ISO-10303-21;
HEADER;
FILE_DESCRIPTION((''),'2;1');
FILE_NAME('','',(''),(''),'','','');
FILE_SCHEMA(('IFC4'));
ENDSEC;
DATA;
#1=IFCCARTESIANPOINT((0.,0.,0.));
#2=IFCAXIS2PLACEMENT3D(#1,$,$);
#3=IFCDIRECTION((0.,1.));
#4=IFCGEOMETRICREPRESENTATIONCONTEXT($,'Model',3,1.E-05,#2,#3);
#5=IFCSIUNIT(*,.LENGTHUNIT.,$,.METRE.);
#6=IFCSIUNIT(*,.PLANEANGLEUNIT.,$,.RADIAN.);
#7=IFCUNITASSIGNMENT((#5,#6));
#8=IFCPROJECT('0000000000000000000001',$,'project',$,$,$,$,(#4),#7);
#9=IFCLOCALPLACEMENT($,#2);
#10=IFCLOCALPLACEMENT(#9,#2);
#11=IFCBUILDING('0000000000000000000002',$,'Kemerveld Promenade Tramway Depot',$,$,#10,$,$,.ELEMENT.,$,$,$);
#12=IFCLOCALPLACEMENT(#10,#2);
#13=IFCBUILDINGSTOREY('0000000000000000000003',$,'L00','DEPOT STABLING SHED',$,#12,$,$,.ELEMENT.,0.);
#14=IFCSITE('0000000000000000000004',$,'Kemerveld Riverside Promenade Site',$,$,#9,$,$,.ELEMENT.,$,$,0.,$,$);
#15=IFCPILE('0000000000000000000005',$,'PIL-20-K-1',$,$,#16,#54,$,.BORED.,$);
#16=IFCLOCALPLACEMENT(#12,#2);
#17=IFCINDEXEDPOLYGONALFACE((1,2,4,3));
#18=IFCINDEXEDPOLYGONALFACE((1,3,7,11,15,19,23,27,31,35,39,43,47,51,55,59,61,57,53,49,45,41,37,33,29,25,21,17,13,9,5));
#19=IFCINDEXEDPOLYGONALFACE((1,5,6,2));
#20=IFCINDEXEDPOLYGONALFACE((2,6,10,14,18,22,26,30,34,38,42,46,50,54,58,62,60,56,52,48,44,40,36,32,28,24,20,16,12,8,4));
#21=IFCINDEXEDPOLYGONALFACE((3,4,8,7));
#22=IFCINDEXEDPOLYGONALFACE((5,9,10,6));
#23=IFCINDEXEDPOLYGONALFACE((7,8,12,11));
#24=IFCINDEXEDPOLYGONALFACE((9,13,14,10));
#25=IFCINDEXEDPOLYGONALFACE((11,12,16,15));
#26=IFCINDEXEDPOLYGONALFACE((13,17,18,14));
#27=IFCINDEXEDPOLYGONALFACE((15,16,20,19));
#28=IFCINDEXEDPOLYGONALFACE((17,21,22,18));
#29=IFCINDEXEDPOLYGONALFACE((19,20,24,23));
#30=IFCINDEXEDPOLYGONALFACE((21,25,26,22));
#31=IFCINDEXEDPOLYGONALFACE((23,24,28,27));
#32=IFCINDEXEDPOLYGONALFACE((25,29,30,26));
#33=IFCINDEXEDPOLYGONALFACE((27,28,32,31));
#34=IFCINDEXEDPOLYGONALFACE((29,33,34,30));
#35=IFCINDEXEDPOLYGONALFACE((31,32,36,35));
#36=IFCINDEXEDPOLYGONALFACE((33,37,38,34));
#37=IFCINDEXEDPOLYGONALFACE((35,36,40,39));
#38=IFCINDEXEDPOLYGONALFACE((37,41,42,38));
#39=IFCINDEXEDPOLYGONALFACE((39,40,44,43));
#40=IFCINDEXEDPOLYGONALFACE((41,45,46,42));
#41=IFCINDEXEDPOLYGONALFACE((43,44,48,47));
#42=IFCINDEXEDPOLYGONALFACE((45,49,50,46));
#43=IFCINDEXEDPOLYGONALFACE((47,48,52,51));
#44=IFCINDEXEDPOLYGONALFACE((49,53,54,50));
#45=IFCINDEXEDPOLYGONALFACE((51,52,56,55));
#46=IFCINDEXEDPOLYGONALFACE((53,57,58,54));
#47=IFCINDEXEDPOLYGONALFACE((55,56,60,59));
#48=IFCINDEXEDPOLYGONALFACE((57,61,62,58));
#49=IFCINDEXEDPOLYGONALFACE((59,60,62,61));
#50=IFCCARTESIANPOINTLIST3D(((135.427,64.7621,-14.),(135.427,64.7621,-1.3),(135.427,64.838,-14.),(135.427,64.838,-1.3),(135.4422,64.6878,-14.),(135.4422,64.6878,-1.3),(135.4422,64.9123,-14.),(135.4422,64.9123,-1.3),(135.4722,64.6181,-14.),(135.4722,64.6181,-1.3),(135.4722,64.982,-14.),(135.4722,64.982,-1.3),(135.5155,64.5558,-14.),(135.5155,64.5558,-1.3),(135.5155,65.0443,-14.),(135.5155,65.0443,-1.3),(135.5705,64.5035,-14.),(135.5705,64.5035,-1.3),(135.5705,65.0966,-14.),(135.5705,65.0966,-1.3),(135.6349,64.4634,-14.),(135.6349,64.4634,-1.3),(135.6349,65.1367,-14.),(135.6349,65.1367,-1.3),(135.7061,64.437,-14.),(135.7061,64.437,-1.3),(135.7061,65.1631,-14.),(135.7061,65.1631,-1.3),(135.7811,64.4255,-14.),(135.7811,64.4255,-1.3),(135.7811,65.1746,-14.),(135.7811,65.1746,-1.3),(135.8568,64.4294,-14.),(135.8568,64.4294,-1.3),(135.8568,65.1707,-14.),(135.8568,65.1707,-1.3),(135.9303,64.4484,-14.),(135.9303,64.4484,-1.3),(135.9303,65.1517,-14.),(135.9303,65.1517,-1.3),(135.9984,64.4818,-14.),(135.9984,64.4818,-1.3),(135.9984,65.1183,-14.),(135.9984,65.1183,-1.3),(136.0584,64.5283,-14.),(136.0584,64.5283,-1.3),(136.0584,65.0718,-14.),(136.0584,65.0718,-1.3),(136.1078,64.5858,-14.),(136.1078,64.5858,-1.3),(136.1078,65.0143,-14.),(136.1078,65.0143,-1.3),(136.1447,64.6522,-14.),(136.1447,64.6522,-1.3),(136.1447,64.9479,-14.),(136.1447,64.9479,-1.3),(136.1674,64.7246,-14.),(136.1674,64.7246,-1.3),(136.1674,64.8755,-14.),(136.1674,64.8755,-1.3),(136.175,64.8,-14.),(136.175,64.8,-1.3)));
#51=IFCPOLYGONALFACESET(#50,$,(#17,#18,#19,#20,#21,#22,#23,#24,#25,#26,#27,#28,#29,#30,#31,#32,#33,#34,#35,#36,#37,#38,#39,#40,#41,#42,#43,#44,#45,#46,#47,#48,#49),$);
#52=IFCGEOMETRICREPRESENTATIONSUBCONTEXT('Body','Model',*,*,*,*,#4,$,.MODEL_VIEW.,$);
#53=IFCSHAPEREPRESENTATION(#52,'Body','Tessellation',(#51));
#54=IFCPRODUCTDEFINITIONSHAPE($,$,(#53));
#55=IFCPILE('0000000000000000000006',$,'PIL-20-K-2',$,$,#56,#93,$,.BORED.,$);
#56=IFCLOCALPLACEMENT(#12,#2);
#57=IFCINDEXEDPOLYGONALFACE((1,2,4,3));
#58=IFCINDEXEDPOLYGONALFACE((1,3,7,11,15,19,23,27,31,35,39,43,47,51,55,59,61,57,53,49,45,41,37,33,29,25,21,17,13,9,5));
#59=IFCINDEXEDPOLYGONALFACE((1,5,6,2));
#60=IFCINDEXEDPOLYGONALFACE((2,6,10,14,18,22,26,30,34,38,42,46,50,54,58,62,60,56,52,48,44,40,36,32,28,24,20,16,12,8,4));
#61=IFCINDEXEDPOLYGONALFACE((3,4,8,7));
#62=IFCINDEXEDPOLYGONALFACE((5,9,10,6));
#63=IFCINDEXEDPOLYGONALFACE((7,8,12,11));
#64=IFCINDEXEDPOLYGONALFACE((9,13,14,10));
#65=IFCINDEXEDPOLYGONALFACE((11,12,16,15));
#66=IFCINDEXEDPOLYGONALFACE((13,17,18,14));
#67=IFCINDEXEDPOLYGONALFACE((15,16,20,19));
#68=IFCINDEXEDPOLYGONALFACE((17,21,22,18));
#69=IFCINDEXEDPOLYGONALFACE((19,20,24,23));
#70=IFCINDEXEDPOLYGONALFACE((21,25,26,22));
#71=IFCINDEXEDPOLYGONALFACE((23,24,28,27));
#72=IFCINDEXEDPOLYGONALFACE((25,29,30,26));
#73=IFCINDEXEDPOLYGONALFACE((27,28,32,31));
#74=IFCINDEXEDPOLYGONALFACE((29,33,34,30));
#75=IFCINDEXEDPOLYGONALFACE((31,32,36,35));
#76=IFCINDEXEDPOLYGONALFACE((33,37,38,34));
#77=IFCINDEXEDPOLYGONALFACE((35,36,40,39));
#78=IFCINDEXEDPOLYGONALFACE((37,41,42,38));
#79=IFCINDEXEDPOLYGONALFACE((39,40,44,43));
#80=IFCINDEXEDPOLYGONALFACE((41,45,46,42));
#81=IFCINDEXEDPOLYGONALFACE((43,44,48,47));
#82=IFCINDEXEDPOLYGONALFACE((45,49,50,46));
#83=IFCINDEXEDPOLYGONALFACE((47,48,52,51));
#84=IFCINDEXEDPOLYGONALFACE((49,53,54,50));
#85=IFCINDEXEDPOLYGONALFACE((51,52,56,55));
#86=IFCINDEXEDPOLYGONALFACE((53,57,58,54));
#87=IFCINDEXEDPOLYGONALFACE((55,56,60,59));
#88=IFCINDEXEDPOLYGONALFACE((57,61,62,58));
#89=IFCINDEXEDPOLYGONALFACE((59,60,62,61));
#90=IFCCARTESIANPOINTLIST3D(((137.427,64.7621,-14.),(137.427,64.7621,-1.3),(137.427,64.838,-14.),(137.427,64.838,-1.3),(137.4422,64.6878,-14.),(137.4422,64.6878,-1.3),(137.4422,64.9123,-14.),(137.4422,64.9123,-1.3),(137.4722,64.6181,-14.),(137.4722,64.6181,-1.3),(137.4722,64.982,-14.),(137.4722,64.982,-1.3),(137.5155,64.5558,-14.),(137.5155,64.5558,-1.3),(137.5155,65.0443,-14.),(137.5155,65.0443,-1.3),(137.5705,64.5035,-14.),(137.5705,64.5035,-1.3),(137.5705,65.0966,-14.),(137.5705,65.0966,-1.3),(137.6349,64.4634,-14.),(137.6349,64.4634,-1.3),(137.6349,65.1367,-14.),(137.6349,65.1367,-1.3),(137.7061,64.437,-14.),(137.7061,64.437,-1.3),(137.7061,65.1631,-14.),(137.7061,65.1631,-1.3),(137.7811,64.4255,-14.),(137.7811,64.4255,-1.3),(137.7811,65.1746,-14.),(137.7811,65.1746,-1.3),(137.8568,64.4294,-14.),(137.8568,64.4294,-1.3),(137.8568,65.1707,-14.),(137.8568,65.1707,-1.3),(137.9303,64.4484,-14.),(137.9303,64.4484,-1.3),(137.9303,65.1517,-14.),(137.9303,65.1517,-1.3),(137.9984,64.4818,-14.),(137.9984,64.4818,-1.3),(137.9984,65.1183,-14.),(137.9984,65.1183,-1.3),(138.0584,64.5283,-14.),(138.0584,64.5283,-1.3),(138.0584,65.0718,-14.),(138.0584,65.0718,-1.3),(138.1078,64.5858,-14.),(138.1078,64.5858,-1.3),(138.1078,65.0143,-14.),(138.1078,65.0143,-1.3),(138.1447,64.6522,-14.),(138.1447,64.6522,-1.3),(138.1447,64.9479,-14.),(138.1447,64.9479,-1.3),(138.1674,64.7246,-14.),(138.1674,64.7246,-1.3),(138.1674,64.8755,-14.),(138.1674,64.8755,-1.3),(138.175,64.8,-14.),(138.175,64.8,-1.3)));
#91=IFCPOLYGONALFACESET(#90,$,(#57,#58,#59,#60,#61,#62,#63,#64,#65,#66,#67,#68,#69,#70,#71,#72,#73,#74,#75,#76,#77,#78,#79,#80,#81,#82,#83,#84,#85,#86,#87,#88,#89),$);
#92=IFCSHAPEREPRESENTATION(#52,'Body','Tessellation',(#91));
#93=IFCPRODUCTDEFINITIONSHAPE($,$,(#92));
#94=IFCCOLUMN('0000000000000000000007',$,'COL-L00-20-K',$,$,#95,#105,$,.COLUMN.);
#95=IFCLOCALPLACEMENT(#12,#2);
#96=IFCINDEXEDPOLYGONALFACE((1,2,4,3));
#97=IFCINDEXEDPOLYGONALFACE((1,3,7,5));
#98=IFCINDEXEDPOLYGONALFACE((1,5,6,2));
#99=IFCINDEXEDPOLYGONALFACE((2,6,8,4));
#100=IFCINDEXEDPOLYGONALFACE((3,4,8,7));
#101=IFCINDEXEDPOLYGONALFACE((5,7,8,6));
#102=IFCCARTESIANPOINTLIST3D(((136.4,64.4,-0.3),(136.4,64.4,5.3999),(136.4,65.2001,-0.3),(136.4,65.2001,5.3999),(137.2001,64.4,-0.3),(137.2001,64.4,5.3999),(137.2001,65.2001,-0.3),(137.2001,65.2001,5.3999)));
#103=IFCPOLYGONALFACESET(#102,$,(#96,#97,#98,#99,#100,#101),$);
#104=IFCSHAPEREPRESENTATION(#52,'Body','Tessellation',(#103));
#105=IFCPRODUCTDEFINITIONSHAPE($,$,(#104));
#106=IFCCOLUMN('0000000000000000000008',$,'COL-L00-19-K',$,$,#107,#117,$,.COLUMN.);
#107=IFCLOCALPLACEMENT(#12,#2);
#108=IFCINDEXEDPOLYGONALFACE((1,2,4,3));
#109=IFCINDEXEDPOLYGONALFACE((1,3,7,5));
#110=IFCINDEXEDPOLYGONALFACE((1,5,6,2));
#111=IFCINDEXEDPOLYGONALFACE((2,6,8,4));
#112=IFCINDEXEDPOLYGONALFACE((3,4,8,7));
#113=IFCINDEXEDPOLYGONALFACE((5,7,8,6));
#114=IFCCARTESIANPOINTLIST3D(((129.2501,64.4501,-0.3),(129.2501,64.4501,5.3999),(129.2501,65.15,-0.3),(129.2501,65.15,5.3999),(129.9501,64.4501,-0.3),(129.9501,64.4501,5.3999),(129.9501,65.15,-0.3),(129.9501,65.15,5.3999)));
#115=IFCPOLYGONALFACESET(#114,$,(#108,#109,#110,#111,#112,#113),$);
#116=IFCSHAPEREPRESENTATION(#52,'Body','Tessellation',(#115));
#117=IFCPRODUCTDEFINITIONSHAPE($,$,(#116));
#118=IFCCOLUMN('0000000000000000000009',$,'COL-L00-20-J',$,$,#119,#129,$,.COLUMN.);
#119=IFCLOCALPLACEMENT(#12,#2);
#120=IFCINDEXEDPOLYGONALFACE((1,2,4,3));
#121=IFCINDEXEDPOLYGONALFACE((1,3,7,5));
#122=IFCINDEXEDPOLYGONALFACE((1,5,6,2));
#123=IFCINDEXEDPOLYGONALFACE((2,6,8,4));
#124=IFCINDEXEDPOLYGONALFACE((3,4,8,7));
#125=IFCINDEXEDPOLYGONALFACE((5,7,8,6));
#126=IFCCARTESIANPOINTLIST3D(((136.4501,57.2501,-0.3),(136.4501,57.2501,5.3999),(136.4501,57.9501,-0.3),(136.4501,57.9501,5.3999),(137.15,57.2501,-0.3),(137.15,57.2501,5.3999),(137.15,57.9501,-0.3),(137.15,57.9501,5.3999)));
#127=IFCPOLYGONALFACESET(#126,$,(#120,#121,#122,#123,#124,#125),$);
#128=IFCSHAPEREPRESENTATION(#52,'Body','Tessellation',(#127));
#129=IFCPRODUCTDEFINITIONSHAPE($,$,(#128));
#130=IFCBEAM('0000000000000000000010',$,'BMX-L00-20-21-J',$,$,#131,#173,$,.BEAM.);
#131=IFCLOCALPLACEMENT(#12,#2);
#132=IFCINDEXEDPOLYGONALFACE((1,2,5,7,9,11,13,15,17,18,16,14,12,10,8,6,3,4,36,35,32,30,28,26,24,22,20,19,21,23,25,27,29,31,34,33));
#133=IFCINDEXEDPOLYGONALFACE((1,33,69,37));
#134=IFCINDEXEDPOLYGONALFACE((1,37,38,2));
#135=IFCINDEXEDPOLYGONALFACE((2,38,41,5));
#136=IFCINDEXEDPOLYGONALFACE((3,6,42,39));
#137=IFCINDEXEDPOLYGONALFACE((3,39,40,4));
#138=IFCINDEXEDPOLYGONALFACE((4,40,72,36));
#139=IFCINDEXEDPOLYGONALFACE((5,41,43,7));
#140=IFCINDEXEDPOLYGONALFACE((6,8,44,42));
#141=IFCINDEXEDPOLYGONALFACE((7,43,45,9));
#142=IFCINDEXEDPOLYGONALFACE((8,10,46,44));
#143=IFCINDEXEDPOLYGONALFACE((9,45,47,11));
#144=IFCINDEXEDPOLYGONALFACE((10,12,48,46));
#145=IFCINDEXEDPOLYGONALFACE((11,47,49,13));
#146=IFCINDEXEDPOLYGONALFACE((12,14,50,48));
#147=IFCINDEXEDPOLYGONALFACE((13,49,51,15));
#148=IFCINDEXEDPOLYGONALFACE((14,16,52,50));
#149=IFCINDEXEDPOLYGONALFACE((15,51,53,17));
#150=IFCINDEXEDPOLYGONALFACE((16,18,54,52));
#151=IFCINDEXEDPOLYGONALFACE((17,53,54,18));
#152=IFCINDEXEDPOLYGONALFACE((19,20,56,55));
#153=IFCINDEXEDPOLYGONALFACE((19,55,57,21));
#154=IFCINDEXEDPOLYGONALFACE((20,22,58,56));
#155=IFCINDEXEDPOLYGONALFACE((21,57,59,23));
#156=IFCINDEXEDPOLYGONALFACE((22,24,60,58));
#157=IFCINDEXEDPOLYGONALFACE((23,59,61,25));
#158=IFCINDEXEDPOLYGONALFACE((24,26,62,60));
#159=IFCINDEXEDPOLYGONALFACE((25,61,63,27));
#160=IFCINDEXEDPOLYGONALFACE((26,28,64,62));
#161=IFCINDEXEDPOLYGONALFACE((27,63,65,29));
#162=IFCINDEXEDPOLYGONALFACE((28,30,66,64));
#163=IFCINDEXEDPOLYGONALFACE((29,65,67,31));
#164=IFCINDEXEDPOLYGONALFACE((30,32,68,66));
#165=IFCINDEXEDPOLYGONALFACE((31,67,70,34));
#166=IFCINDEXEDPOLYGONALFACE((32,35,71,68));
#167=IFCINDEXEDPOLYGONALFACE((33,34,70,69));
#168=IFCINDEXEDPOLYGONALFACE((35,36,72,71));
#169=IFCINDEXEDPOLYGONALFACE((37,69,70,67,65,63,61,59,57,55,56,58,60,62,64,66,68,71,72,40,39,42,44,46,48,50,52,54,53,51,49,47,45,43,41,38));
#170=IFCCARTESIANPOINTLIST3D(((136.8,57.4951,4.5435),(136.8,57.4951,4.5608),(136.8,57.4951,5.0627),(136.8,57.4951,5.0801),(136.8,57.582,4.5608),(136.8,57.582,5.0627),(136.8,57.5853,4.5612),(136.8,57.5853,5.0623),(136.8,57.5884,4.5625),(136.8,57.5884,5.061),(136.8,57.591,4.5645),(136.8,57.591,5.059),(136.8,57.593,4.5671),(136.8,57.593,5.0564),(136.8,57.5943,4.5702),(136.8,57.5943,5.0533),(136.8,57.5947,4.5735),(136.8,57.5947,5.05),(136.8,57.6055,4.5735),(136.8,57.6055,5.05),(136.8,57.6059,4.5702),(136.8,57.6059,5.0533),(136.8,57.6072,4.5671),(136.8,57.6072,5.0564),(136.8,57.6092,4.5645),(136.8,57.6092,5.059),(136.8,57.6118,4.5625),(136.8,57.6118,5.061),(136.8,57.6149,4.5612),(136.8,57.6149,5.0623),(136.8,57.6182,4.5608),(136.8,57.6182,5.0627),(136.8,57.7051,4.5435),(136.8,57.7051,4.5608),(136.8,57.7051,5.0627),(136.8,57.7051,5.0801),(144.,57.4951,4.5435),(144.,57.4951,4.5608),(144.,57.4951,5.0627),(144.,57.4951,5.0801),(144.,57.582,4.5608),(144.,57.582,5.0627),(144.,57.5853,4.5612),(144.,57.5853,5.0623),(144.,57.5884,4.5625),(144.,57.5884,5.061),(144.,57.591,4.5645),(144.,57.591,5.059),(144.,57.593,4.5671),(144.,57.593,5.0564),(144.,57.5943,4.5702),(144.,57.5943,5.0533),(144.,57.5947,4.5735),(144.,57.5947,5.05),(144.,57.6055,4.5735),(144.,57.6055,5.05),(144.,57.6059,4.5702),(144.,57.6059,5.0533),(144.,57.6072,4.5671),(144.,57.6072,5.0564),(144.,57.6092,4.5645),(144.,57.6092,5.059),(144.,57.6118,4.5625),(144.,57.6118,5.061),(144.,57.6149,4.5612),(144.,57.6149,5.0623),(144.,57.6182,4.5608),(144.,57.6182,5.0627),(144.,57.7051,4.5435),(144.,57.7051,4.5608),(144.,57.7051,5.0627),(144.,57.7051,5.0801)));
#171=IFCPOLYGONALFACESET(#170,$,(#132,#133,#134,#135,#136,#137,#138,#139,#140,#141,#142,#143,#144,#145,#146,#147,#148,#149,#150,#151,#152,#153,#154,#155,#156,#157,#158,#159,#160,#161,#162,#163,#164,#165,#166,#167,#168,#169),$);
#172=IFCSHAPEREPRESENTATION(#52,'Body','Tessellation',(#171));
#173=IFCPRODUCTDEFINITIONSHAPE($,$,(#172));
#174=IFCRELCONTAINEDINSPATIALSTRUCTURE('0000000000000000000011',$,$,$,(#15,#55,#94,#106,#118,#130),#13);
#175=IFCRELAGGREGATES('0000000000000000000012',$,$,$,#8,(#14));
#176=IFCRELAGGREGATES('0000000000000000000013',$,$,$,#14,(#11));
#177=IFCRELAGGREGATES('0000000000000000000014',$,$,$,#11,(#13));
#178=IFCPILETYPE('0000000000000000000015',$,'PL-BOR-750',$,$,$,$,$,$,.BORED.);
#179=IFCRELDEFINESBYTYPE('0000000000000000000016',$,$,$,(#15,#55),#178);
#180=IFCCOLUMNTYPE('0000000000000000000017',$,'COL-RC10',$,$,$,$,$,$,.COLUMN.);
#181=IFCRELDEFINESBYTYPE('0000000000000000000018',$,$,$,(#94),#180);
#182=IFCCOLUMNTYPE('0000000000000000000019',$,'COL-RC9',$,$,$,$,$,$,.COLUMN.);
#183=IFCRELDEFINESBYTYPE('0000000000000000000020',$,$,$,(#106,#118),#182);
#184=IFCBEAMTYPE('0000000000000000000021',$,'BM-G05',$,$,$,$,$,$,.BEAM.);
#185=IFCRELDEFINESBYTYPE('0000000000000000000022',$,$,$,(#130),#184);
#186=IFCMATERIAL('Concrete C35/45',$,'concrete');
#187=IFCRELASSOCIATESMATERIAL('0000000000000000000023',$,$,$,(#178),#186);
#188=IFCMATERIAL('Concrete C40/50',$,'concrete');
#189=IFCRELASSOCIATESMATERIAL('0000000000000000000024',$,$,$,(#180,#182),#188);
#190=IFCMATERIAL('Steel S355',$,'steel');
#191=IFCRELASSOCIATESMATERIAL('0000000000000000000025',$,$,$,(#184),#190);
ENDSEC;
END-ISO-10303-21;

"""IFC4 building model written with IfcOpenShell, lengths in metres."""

from ifc_helpers import new_model, si_unit, direction, frame, origin, origin_2d, place, context, subcontext, project, spatial, rectangle, circle, i_section, extrude, material, material_profile, profile_set, type_object, element, save


model = new_model("IFC4")

# Units and contexts
model_context = context("Model", 3, precision=1e-05, world=origin(), true_north=direction((0.0, 1.0)))
body_context = subcontext(model_context, "Body", "Model", "MODEL_VIEW")
ifc_project = project(units=[si_unit("LENGTHUNIT", "METRE"), si_unit("PLANEANGLEUNIT", "RADIAN")], contexts=[model_context])

# Site, building, storey
site_placement = place(None, origin())
site = spatial("IfcSite", under=ifc_project, at=site_placement, Name="Kemerveld Riverside Promenade Site", CompositionType="ELEMENT", RefElevation=0.0)
building_placement = place(site_placement, origin())
building = spatial("IfcBuilding", under=site, at=building_placement, Name="Kemerveld Promenade Tramway Depot", CompositionType="ELEMENT")
storey_placement = place(building_placement, origin())
storey = spatial("IfcBuildingStorey", under=building, at=storey_placement, Name="L00", Description="DEPOT STABLING SHED", CompositionType="ELEMENT", Elevation=0.0)

# Shared definitions
ifc_material_1 = material(Name="Concrete C35/45", Category="concrete")

# Piles
ifc_material_profile_1 = material_profile(ifc_material_1, circle(Radius=0.375, at=origin_2d()), Name="PILE-D750")
ifc_profile_set_1 = profile_set([ifc_material_profile_1], Name="Concrete C35/45")
pile_type_1 = type_object("IfcPileType", Name="PL-BOR-750", PredefinedType="BORED", material=ifc_profile_set_1)
for number, where, z_axis, x_axis, name in (
    (1, (135.8, 64.8, -1.3), (0.0, 0.0, -1.0), (1.0, 0.0, 0.0), "PIL-20-K-1"),
    (2, (137.8, 64.8, -1.3), (0.0, 0.0, -1.0), (1.0, 0.0, 0.0), "PIL-20-K-2"),
):
    element("IfcPile", number, at=place(storey_placement, frame(where, z_axis=z_axis, x_axis=x_axis)), inside=storey, type_object=pile_type_1, Name=name, PredefinedType="BORED", context=body_context, shape_type="SweptSolid", body=[
        extrude(circle(Radius=0.375, at=origin_2d()), origin(), (0.0, 0.0, 1.0), 12.7),
    ])

# Columns
ifc_material_2 = material(Name="Concrete C40/50", Category="concrete")
ifc_material_profile_2 = material_profile(ifc_material_2, rectangle(XDim=0.8, YDim=0.8, at=origin_2d()), Name="RC-COL-800x800")
ifc_profile_set_2 = profile_set([ifc_material_profile_2], Name="Concrete C40/50")
column_type_1 = type_object("IfcColumnType", Name="COL-RC10", PredefinedType="COLUMN", material=ifc_profile_set_2)
column_placement = place(storey_placement, frame((136.8, 64.8, -0.3), z_axis=(0.0, 0.0, 1.0), x_axis=(1.0, 0.0, 0.0)))
element("IfcColumn", 3, at=column_placement, inside=storey, type_object=column_type_1, Name="COL-L00-20-K", PredefinedType="COLUMN", context=body_context, shape_type="SweptSolid", body=[
    extrude(rectangle(XDim=0.8, YDim=0.8, at=origin_2d()), origin(), (0.0, 0.0, 1.0), 5.7),
])
ifc_material_profile_3 = material_profile(ifc_material_2, rectangle(XDim=0.7, YDim=0.7, at=origin_2d()), Name="RC-COL-700x700")
ifc_profile_set_3 = profile_set([ifc_material_profile_3], Name="Concrete C40/50")
column_type_2 = type_object("IfcColumnType", Name="COL-RC9", PredefinedType="COLUMN", material=ifc_profile_set_3)
for number, where, z_axis, x_axis, name in (
    (4, (129.6001, 64.8, -0.3), (0.0, 0.0, 1.0), (1.0, 0.0, 0.0), "COL-L00-19-K"),
    (5, (136.8, 57.6001, -0.3), (0.0, 0.0, 1.0), (1.0, 0.0, 0.0), "COL-L00-20-J"),
):
    element("IfcColumn", number, at=place(storey_placement, frame(where, z_axis=z_axis, x_axis=x_axis)), inside=storey, type_object=column_type_2, Name=name, PredefinedType="COLUMN", context=body_context, shape_type="SweptSolid", body=[
        extrude(rectangle(XDim=0.7, YDim=0.7, at=origin_2d()), origin(), (0.0, 0.0, 1.0), 5.7),
    ])

# Beam
ifc_material_3 = material(Name="Steel S355", Category="steel")
ifc_material_profile_4 = material_profile(ifc_material_3, i_section(OverallWidth=0.21, OverallDepth=0.5366, WebThickness=0.0107, FlangeThickness=0.0173, FilletRadius=0.0127, at=origin_2d()), Name="533x210x101 UB")
ifc_profile_set_4 = profile_set([ifc_material_profile_4], Name="Steel S355")
beam_type_1 = type_object("IfcBeamType", Name="BM-G05", PredefinedType="BEAM", material=ifc_profile_set_4)
for number, where, z_axis, x_axis, name in (
    (6, (136.8, 57.6001, 4.8118), (1.0, 0.0, 0.0), (0.0, 1.0, 0.0), "BMX-L00-20-21-J"),
):
    element("IfcBeam", number, at=place(storey_placement, frame(where, z_axis=z_axis, x_axis=x_axis)), inside=storey, type_object=beam_type_1, Name=name, PredefinedType="BEAM", context=body_context, shape_type="SweptSolid", body=[
        extrude(i_section(OverallWidth=0.21, OverallDepth=0.5366, WebThickness=0.0107, FlangeThickness=0.0173, FilletRadius=0.0127, at=origin_2d()), origin(), (0.0, 0.0, 1.0), 7.2),
    ])

save(model, "model.ifc")
